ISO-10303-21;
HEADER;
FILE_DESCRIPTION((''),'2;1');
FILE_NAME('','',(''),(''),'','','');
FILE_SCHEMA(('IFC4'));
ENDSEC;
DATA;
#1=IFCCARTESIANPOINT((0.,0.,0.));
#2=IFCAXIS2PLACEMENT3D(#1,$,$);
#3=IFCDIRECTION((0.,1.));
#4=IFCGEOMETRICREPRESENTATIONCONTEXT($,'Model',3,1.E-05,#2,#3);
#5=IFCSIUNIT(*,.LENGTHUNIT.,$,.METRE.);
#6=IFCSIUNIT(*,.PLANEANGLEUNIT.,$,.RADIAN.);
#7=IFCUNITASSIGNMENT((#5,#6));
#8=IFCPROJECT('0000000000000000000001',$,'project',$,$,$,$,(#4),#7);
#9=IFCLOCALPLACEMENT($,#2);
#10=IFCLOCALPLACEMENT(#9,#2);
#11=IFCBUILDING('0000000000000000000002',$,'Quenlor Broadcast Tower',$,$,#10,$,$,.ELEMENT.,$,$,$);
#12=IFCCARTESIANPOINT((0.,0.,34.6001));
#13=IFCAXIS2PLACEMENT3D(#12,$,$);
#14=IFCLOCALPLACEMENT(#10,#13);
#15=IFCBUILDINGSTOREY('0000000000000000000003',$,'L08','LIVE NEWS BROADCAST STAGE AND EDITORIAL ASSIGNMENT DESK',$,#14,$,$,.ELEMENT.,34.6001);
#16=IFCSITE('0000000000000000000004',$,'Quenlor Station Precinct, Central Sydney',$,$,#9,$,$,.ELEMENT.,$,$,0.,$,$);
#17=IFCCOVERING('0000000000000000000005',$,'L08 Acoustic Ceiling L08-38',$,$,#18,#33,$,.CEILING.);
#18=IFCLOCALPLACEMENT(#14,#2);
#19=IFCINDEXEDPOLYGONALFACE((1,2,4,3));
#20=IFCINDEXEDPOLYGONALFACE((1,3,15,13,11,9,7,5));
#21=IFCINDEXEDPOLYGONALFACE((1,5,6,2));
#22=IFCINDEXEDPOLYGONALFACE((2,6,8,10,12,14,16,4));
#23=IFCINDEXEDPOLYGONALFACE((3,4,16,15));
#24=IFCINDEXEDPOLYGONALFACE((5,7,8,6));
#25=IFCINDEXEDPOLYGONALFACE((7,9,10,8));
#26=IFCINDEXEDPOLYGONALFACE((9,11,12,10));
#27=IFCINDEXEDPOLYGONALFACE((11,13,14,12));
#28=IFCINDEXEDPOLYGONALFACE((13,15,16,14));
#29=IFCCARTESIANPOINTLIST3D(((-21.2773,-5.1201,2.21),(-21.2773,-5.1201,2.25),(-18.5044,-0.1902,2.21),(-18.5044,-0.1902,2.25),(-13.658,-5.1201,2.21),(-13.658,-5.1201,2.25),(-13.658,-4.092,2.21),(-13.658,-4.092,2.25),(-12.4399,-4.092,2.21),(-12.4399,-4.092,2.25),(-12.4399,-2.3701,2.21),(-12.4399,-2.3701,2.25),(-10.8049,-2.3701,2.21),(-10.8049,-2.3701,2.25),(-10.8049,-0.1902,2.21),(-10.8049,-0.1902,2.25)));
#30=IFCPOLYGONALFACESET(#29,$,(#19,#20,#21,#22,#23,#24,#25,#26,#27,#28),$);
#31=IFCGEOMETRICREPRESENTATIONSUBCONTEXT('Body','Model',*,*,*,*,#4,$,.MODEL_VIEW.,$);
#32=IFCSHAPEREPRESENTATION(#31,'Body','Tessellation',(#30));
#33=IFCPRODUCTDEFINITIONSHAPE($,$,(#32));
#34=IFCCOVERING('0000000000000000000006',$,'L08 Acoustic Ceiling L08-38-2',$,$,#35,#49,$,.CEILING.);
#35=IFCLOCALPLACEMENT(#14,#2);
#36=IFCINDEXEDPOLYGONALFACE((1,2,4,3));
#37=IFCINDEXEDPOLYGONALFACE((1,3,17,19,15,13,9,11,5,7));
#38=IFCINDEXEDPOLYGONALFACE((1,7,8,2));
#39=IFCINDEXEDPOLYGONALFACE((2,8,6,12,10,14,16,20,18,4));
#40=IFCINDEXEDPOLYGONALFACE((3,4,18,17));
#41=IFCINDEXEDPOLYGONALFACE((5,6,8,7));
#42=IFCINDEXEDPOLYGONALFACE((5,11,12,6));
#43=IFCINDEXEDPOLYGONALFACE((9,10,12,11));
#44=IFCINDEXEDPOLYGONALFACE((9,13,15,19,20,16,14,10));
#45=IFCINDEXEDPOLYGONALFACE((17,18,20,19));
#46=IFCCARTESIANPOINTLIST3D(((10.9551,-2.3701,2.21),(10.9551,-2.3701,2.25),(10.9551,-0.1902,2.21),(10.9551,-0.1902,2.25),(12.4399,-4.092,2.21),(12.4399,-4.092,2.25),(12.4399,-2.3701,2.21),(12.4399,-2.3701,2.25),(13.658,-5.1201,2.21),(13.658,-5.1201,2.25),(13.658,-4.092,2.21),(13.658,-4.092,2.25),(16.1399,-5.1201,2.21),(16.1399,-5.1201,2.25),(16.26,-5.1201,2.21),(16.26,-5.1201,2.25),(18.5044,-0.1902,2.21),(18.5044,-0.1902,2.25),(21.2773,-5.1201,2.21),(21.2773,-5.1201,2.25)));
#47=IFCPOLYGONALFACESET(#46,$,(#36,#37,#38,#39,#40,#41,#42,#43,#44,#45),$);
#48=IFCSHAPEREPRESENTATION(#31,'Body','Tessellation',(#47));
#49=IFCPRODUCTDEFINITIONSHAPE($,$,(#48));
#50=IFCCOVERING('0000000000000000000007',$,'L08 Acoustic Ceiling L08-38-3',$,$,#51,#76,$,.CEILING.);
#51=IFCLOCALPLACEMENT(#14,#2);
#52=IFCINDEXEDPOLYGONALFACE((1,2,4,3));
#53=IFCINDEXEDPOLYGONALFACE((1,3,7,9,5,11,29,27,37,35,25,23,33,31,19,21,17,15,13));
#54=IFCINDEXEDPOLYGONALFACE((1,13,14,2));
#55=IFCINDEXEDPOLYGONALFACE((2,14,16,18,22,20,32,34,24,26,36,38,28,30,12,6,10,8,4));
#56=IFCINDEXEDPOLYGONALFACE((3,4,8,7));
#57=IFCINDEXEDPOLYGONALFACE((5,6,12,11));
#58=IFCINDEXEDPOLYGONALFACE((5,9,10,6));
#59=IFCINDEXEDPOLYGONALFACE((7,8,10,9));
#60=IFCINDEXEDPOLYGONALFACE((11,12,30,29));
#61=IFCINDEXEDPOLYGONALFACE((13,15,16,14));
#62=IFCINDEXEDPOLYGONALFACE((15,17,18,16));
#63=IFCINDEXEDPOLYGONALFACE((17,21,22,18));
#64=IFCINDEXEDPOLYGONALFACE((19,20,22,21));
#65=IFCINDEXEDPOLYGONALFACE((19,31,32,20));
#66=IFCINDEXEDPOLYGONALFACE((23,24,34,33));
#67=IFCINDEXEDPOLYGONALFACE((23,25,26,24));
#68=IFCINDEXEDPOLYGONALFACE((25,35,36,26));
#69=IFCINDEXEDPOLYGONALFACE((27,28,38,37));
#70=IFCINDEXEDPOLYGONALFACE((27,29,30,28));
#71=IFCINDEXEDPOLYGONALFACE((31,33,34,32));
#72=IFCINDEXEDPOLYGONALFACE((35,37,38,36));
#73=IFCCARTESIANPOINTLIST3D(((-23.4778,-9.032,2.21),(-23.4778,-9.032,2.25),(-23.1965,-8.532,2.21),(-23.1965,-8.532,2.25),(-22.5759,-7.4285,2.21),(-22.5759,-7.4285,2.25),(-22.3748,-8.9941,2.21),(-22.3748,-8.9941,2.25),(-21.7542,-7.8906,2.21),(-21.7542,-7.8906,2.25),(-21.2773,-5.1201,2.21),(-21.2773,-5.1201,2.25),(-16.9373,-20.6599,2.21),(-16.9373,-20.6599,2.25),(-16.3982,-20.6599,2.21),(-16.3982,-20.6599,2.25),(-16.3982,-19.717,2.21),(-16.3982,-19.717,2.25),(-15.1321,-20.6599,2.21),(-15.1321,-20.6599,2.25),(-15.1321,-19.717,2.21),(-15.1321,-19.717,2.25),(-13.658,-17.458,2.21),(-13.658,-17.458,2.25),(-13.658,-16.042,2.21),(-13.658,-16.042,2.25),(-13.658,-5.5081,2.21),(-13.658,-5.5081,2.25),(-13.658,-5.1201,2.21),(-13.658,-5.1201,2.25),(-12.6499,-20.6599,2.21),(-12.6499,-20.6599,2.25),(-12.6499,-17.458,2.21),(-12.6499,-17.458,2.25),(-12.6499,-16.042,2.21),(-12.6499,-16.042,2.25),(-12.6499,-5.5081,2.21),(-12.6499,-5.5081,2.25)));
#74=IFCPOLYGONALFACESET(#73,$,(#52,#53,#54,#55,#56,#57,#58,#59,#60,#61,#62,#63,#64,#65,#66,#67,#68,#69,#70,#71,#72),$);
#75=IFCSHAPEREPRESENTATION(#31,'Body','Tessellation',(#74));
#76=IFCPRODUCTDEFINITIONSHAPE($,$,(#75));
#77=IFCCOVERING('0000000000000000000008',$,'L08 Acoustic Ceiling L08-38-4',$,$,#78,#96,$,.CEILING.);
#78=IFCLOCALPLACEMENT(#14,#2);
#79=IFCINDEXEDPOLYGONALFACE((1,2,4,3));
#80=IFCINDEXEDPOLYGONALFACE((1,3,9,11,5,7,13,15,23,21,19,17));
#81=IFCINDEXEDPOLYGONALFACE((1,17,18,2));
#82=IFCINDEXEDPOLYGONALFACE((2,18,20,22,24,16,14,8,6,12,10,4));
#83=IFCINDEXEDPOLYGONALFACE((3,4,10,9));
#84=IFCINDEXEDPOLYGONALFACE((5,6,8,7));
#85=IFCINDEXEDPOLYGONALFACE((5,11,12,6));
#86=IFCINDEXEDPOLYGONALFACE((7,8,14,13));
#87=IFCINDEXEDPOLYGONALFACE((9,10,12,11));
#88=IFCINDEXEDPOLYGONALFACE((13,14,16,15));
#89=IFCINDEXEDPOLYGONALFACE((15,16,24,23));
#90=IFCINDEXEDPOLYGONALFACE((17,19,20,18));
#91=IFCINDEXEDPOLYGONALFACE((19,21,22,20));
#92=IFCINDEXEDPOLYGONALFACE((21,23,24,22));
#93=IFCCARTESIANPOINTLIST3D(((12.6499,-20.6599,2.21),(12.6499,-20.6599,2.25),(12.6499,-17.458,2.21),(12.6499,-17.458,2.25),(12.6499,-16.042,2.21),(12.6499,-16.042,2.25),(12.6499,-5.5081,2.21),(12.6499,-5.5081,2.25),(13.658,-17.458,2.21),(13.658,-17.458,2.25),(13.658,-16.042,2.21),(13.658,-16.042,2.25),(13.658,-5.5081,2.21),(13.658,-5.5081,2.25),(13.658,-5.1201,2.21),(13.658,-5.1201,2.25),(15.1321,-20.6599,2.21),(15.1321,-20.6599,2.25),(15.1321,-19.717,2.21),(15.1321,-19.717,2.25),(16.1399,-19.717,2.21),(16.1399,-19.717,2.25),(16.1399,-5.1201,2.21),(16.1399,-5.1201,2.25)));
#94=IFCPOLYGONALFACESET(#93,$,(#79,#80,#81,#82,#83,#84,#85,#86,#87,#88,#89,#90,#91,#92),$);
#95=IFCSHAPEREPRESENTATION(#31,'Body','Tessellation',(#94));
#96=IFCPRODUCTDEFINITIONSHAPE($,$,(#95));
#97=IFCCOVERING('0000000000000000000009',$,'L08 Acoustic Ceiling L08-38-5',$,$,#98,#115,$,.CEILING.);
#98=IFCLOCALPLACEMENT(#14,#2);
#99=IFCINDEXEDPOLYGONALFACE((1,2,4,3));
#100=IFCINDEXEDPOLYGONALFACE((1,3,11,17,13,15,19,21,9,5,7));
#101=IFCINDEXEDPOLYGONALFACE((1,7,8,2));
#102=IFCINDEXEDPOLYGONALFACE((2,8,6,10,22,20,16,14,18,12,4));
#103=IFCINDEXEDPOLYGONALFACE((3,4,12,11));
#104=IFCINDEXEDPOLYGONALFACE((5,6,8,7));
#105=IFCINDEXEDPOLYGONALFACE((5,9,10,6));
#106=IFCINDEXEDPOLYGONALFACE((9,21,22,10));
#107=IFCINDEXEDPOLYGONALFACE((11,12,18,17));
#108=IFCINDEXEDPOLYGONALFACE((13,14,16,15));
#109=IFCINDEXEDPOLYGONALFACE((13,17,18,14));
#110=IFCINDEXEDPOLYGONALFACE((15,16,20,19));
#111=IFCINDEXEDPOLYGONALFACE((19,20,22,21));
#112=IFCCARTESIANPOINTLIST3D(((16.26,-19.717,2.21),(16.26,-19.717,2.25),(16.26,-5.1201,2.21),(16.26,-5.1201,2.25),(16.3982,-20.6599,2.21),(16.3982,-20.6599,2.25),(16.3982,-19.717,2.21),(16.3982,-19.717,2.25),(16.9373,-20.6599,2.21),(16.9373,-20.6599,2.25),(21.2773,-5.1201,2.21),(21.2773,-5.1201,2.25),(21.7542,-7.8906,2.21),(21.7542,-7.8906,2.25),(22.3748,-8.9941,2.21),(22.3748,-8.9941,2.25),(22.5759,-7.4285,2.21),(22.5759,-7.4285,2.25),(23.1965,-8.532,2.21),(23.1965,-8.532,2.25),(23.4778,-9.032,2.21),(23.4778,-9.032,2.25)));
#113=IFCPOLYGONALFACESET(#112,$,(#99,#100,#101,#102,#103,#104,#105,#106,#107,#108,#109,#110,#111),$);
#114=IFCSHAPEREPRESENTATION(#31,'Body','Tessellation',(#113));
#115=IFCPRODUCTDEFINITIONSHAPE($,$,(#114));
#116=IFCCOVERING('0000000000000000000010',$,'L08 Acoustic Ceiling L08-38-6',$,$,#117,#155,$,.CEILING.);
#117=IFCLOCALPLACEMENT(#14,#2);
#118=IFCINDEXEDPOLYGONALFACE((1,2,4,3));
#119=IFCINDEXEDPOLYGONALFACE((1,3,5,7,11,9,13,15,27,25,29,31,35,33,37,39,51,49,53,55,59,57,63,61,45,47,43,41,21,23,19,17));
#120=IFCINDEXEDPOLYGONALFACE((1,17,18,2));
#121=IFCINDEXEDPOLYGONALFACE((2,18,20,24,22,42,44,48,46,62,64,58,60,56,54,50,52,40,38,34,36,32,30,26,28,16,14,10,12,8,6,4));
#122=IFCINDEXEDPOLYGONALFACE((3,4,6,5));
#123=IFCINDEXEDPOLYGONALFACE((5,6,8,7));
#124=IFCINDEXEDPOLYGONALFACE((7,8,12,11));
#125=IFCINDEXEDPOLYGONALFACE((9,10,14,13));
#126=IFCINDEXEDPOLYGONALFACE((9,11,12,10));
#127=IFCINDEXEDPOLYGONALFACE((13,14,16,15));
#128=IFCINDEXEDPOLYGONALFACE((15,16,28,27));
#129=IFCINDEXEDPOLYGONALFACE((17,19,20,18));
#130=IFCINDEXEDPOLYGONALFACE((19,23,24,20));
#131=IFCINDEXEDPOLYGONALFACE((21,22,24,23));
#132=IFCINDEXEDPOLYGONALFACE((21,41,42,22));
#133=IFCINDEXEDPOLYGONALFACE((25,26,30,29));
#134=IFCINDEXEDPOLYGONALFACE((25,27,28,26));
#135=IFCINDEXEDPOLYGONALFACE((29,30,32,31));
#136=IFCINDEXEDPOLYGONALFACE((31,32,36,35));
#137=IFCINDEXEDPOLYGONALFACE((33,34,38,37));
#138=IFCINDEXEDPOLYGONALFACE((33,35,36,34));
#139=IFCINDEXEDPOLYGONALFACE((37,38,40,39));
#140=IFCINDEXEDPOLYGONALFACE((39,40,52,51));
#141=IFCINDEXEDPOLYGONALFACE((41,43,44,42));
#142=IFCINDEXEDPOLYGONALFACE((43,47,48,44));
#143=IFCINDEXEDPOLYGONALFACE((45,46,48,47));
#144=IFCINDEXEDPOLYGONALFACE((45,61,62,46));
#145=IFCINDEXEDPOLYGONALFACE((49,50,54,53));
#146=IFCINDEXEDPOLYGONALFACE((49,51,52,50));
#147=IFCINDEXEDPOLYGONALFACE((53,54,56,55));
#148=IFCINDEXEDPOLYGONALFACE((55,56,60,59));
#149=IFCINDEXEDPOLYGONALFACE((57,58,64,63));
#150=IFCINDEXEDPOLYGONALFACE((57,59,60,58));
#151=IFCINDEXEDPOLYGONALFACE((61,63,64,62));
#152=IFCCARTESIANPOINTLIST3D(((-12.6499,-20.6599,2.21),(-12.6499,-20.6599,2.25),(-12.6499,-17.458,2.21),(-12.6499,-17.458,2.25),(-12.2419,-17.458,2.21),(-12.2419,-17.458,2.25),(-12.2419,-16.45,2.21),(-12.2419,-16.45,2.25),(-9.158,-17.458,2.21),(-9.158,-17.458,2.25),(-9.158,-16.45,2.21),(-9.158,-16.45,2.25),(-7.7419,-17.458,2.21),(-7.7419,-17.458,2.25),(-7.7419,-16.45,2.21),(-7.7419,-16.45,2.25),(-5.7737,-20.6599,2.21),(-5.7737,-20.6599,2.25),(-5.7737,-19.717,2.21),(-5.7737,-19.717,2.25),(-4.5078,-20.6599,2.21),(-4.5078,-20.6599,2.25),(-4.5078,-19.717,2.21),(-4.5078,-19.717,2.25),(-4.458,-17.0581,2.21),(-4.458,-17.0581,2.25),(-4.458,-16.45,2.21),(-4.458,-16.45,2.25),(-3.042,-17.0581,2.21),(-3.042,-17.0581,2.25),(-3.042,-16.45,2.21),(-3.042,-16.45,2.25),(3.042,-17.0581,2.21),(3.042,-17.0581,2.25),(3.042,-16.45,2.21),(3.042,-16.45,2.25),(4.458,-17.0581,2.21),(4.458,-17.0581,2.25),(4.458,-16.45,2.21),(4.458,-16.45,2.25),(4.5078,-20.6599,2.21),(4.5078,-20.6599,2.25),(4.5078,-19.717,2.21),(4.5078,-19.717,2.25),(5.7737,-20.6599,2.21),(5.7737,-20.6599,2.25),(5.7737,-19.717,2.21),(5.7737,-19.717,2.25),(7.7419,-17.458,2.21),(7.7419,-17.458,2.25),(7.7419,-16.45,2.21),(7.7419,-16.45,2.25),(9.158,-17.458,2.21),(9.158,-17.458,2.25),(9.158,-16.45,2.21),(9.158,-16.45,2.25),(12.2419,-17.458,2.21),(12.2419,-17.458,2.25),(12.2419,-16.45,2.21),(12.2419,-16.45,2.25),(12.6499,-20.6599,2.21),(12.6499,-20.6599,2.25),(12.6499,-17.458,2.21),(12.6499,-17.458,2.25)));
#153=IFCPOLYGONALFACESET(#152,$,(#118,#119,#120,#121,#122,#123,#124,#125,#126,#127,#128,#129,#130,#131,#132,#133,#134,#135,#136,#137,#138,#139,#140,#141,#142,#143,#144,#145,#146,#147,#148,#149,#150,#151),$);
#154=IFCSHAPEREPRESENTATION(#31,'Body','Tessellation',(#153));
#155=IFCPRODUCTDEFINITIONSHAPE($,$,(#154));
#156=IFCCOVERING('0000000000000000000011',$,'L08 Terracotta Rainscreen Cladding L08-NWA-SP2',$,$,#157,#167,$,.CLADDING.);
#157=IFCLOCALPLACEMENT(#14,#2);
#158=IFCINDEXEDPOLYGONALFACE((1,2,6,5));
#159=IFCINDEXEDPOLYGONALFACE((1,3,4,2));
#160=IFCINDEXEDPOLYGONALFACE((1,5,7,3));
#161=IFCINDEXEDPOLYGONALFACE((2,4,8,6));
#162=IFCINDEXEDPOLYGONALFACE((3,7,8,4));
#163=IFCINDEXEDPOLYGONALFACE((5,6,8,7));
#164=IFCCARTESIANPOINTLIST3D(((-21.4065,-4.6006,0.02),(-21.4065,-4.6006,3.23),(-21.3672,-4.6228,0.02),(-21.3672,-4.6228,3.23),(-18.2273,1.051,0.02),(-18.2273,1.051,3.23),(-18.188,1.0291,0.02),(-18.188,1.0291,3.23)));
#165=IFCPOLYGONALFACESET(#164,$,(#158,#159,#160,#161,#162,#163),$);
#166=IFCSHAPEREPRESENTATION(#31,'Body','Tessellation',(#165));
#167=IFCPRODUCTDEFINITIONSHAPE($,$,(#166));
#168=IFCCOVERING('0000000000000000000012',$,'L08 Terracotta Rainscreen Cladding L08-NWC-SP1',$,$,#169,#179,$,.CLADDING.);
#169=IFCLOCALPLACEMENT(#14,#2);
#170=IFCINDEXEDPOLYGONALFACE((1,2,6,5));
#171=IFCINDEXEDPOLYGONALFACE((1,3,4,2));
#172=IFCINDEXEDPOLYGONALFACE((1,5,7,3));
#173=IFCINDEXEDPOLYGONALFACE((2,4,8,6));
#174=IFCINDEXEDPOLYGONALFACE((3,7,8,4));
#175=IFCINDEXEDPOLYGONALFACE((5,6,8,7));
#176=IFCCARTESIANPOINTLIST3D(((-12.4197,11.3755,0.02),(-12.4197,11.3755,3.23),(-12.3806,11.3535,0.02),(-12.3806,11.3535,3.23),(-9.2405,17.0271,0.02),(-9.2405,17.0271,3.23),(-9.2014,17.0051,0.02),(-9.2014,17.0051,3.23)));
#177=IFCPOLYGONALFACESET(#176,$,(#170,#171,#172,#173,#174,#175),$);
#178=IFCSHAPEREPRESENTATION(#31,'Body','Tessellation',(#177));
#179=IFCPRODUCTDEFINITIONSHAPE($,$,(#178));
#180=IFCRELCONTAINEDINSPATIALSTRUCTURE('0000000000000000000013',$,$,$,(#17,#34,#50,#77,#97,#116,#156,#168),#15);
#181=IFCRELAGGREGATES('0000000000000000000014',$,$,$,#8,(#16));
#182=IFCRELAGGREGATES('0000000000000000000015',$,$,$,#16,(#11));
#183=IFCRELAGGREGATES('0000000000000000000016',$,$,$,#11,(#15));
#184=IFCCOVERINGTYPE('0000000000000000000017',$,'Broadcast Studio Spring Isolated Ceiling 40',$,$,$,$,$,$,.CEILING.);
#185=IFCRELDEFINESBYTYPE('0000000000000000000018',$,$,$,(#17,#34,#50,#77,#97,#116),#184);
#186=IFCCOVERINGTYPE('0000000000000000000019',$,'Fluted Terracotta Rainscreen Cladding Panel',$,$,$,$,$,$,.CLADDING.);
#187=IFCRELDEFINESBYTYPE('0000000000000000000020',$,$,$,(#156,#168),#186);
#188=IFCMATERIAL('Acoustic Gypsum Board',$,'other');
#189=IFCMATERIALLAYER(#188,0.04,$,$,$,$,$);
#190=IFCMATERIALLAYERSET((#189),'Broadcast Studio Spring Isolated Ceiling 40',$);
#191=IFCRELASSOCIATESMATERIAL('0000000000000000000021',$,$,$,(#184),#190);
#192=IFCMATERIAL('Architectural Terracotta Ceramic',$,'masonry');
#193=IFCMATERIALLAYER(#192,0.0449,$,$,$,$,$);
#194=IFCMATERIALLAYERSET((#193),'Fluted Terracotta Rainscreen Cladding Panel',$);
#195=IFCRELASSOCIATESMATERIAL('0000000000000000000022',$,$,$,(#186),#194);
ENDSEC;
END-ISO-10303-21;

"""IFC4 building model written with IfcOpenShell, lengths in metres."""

from ifc_helpers import new_model, si_unit, direction, frame, origin, place, context, subcontext, project, spatial, polyline, outline, extrude, material, layer, layer_set, type_object, element, save


model = new_model("IFC4")

# Units and contexts
model_context = context("Model", 3, precision=1e-05, world=origin(), true_north=direction((0.0, 1.0)))
body_context = subcontext(model_context, "Body", "Model", "MODEL_VIEW")
ifc_project = project(units=[si_unit("LENGTHUNIT", "METRE"), si_unit("PLANEANGLEUNIT", "RADIAN")], contexts=[model_context])

# Site, building, storey
site_placement = place(None, origin())
site = spatial("IfcSite", under=ifc_project, at=site_placement, Name="Quenlor Station Precinct, Central Sydney", CompositionType="ELEMENT", RefElevation=0.0)
building_placement = place(site_placement, origin())
building = spatial("IfcBuilding", under=site, at=building_placement, Name="Quenlor Broadcast Tower", CompositionType="ELEMENT")
storey_placement = place(building_placement, frame((0.0, 0.0, 34.6001)))
storey = spatial("IfcBuildingStorey", under=building, at=storey_placement, Name="L08", Description="LIVE NEWS BROADCAST STAGE AND EDITORIAL ASSIGNMENT DESK", CompositionType="ELEMENT", Elevation=34.6001)

# Coverings
ifc_material_1 = material(Name="Acoustic Gypsum Board", Category="other")
ifc_layer_1 = layer(ifc_material_1, 0.04)
ifc_layer_set_1 = layer_set([ifc_layer_1], Name="Broadcast Studio Spring Isolated Ceiling 40")
covering_type_1 = type_object("IfcCoveringType", Name="Broadcast Studio Spring Isolated Ceiling 40", PredefinedType="CEILING", material=ifc_layer_set_1)
covering_1_placement = place(storey_placement, frame((0.0, 0.0, 2.21)))
element("IfcCovering", 1, at=covering_1_placement, inside=storey, type_object=covering_type_1, Name="L08 Acoustic Ceiling L08-38", PredefinedType="CEILING", context=body_context, shape_type="SweptSolid", body=[
    extrude(outline(polyline([(-12.4399, -2.3701), (-12.4399, -4.092), (-13.658, -4.092), (-13.658, -5.1201), (-21.2773, -5.1201), (-18.5044, -0.1902), (-10.8049, -0.1902), (-10.8049, -2.3701), (-12.4399, -2.3701)])), origin(), (0.0, 0.0, 1.0), 0.04),
])
covering_2_placement = place(storey_placement, frame((0.0, 0.0, 2.21)))
element("IfcCovering", 2, at=covering_2_placement, inside=storey, type_object=covering_type_1, Name="L08 Acoustic Ceiling L08-38-2", PredefinedType="CEILING", context=body_context, shape_type="SweptSolid", body=[
    extrude(outline(polyline([(13.658, -4.092), (12.4399, -4.092), (12.4399, -2.3701), (10.9551, -2.3701), (10.9551, -0.1902), (18.5044, -0.1902), (21.2773, -5.1201), (16.26, -5.1201), (16.1399, -5.1201), (13.658, -5.1201), (13.658, -4.092)])), origin(), (0.0, 0.0, 1.0), 0.04),
])
covering_3_placement = place(storey_placement, frame((0.0, 0.0, 2.21)))
element("IfcCovering", 3, at=covering_3_placement, inside=storey, type_object=covering_type_1, Name="L08 Acoustic Ceiling L08-38-3", PredefinedType="CEILING", context=body_context, shape_type="SweptSolid", body=[
    extrude(outline(polyline([(-13.658, -5.5081), (-12.6499, -5.5081), (-12.6499, -16.042), (-13.658, -16.042), (-13.658, -17.458), (-12.6499, -17.458), (-12.6499, -20.6599), (-15.1321, -20.6599), (-15.1321, -19.717), (-16.3982, -19.717), (-16.3982, -20.6599), (-16.9373, -20.6599), (-23.4778, -9.032), (-23.1965, -8.532), (-22.3748, -8.9941), (-21.7542, -7.8906), (-22.5759, -7.4285), (-21.2773, -5.1201), (-13.658, -5.1201), (-13.658, -5.5081)])), origin(), (0.0, 0.0, 1.0), 0.04),
])
covering_4_placement = place(storey_placement, frame((0.0, 0.0, 2.21)))
element("IfcCovering", 4, at=covering_4_placement, inside=storey, type_object=covering_type_1, Name="L08 Acoustic Ceiling L08-38-4", PredefinedType="CEILING", context=body_context, shape_type="SweptSolid", body=[
    extrude(outline(polyline([(13.658, -17.458), (13.658, -16.042), (12.6499, -16.042), (12.6499, -5.5081), (13.658, -5.5081), (13.658, -5.1201), (16.1399, -5.1201), (16.1399, -19.717), (15.1321, -19.717), (15.1321, -20.6599), (12.6499, -20.6599), (12.6499, -17.458), (13.658, -17.458)])), origin(), (0.0, 0.0, 1.0), 0.04),
])
covering_5_placement = place(storey_placement, frame((0.0, 0.0, 2.21)))
element("IfcCovering", 5, at=covering_5_placement, inside=storey, type_object=covering_type_1, Name="L08 Acoustic Ceiling L08-38-5", PredefinedType="CEILING", context=body_context, shape_type="SweptSolid", body=[
    extrude(outline(polyline([(22.5759, -7.4285), (21.7542, -7.8906), (22.3748, -8.9941), (23.1965, -8.532), (23.4778, -9.032), (16.9373, -20.6599), (16.3982, -20.6599), (16.3982, -19.717), (16.26, -19.717), (16.26, -5.1201), (21.2773, -5.1201), (22.5759, -7.4285)])), origin(), (0.0, 0.0, 1.0), 0.04),
])
covering_6_placement = place(storey_placement, frame((0.0, 0.0, 2.21)))
element("IfcCovering", 6, at=covering_6_placement, inside=storey, type_object=covering_type_1, Name="L08 Acoustic Ceiling L08-38-6", PredefinedType="CEILING", context=body_context, shape_type="SweptSolid", body=[
    extrude(outline(polyline([(-12.2419, -17.458), (-12.2419, -16.45), (-9.158, -16.45), (-9.158, -17.458), (-7.7419, -17.458), (-7.7419, -16.45), (-4.458, -16.45), (-4.458, -17.0581), (-3.042, -17.0581), (-3.042, -16.45), (3.042, -16.45), (3.042, -17.0581), (4.458, -17.0581), (4.458, -16.45), (7.7419, -16.45), (7.7419, -17.458), (9.158, -17.458), (9.158, -16.45), (12.2419, -16.45), (12.2419, -17.458), (12.6499, -17.458), (12.6499, -20.6599), (5.7737, -20.6599), (5.7737, -19.717), (4.5078, -19.717), (4.5078, -20.6599), (-4.5078, -20.6599), (-4.5078, -19.717), (-5.7737, -19.717), (-5.7737, -20.6599), (-12.6499, -20.6599), (-12.6499, -17.458), (-12.2419, -17.458)])), origin(), (0.0, 0.0, 1.0), 0.04),
])
ifc_material_2 = material(Name="Architectural Terracotta Ceramic", Category="masonry")
ifc_layer_2 = layer(ifc_material_2, 0.0449)
ifc_layer_set_2 = layer_set([ifc_layer_2], Name="Fluted Terracotta Rainscreen Cladding Panel")
covering_type_2 = type_object("IfcCoveringType", Name="Fluted Terracotta Rainscreen Cladding Panel", PredefinedType="CLADDING", material=ifc_layer_set_2)
covering_7_placement = place(storey_placement, frame((0.0, 0.0, 0.02)))
element("IfcCovering", 7, at=covering_7_placement, inside=storey, type_object=covering_type_2, Name="L08 Terracotta Rainscreen Cladding L08-NWA-SP2", PredefinedType="CLADDING", context=body_context, shape_type="SweptSolid", body=[
    extrude(outline(polyline([(-21.3672, -4.6228), (-18.188, 1.0291), (-18.2273, 1.051), (-21.4065, -4.6006), (-21.3672, -4.6228)])), origin(), (0.0, 0.0, 1.0), 3.21),
])
covering_8_placement = place(storey_placement, frame((0.0, 0.0, 0.02)))
element("IfcCovering", 8, at=covering_8_placement, inside=storey, type_object=covering_type_2, Name="L08 Terracotta Rainscreen Cladding L08-NWC-SP1", PredefinedType="CLADDING", context=body_context, shape_type="SweptSolid", body=[
    extrude(outline(polyline([(-12.3806, 11.3535), (-9.2014, 17.0051), (-9.2405, 17.0271), (-12.4197, 11.3755), (-12.3806, 11.3535)])), origin(), (0.0, 0.0, 1.0), 3.21),
])

save(model, "model.ifc")
